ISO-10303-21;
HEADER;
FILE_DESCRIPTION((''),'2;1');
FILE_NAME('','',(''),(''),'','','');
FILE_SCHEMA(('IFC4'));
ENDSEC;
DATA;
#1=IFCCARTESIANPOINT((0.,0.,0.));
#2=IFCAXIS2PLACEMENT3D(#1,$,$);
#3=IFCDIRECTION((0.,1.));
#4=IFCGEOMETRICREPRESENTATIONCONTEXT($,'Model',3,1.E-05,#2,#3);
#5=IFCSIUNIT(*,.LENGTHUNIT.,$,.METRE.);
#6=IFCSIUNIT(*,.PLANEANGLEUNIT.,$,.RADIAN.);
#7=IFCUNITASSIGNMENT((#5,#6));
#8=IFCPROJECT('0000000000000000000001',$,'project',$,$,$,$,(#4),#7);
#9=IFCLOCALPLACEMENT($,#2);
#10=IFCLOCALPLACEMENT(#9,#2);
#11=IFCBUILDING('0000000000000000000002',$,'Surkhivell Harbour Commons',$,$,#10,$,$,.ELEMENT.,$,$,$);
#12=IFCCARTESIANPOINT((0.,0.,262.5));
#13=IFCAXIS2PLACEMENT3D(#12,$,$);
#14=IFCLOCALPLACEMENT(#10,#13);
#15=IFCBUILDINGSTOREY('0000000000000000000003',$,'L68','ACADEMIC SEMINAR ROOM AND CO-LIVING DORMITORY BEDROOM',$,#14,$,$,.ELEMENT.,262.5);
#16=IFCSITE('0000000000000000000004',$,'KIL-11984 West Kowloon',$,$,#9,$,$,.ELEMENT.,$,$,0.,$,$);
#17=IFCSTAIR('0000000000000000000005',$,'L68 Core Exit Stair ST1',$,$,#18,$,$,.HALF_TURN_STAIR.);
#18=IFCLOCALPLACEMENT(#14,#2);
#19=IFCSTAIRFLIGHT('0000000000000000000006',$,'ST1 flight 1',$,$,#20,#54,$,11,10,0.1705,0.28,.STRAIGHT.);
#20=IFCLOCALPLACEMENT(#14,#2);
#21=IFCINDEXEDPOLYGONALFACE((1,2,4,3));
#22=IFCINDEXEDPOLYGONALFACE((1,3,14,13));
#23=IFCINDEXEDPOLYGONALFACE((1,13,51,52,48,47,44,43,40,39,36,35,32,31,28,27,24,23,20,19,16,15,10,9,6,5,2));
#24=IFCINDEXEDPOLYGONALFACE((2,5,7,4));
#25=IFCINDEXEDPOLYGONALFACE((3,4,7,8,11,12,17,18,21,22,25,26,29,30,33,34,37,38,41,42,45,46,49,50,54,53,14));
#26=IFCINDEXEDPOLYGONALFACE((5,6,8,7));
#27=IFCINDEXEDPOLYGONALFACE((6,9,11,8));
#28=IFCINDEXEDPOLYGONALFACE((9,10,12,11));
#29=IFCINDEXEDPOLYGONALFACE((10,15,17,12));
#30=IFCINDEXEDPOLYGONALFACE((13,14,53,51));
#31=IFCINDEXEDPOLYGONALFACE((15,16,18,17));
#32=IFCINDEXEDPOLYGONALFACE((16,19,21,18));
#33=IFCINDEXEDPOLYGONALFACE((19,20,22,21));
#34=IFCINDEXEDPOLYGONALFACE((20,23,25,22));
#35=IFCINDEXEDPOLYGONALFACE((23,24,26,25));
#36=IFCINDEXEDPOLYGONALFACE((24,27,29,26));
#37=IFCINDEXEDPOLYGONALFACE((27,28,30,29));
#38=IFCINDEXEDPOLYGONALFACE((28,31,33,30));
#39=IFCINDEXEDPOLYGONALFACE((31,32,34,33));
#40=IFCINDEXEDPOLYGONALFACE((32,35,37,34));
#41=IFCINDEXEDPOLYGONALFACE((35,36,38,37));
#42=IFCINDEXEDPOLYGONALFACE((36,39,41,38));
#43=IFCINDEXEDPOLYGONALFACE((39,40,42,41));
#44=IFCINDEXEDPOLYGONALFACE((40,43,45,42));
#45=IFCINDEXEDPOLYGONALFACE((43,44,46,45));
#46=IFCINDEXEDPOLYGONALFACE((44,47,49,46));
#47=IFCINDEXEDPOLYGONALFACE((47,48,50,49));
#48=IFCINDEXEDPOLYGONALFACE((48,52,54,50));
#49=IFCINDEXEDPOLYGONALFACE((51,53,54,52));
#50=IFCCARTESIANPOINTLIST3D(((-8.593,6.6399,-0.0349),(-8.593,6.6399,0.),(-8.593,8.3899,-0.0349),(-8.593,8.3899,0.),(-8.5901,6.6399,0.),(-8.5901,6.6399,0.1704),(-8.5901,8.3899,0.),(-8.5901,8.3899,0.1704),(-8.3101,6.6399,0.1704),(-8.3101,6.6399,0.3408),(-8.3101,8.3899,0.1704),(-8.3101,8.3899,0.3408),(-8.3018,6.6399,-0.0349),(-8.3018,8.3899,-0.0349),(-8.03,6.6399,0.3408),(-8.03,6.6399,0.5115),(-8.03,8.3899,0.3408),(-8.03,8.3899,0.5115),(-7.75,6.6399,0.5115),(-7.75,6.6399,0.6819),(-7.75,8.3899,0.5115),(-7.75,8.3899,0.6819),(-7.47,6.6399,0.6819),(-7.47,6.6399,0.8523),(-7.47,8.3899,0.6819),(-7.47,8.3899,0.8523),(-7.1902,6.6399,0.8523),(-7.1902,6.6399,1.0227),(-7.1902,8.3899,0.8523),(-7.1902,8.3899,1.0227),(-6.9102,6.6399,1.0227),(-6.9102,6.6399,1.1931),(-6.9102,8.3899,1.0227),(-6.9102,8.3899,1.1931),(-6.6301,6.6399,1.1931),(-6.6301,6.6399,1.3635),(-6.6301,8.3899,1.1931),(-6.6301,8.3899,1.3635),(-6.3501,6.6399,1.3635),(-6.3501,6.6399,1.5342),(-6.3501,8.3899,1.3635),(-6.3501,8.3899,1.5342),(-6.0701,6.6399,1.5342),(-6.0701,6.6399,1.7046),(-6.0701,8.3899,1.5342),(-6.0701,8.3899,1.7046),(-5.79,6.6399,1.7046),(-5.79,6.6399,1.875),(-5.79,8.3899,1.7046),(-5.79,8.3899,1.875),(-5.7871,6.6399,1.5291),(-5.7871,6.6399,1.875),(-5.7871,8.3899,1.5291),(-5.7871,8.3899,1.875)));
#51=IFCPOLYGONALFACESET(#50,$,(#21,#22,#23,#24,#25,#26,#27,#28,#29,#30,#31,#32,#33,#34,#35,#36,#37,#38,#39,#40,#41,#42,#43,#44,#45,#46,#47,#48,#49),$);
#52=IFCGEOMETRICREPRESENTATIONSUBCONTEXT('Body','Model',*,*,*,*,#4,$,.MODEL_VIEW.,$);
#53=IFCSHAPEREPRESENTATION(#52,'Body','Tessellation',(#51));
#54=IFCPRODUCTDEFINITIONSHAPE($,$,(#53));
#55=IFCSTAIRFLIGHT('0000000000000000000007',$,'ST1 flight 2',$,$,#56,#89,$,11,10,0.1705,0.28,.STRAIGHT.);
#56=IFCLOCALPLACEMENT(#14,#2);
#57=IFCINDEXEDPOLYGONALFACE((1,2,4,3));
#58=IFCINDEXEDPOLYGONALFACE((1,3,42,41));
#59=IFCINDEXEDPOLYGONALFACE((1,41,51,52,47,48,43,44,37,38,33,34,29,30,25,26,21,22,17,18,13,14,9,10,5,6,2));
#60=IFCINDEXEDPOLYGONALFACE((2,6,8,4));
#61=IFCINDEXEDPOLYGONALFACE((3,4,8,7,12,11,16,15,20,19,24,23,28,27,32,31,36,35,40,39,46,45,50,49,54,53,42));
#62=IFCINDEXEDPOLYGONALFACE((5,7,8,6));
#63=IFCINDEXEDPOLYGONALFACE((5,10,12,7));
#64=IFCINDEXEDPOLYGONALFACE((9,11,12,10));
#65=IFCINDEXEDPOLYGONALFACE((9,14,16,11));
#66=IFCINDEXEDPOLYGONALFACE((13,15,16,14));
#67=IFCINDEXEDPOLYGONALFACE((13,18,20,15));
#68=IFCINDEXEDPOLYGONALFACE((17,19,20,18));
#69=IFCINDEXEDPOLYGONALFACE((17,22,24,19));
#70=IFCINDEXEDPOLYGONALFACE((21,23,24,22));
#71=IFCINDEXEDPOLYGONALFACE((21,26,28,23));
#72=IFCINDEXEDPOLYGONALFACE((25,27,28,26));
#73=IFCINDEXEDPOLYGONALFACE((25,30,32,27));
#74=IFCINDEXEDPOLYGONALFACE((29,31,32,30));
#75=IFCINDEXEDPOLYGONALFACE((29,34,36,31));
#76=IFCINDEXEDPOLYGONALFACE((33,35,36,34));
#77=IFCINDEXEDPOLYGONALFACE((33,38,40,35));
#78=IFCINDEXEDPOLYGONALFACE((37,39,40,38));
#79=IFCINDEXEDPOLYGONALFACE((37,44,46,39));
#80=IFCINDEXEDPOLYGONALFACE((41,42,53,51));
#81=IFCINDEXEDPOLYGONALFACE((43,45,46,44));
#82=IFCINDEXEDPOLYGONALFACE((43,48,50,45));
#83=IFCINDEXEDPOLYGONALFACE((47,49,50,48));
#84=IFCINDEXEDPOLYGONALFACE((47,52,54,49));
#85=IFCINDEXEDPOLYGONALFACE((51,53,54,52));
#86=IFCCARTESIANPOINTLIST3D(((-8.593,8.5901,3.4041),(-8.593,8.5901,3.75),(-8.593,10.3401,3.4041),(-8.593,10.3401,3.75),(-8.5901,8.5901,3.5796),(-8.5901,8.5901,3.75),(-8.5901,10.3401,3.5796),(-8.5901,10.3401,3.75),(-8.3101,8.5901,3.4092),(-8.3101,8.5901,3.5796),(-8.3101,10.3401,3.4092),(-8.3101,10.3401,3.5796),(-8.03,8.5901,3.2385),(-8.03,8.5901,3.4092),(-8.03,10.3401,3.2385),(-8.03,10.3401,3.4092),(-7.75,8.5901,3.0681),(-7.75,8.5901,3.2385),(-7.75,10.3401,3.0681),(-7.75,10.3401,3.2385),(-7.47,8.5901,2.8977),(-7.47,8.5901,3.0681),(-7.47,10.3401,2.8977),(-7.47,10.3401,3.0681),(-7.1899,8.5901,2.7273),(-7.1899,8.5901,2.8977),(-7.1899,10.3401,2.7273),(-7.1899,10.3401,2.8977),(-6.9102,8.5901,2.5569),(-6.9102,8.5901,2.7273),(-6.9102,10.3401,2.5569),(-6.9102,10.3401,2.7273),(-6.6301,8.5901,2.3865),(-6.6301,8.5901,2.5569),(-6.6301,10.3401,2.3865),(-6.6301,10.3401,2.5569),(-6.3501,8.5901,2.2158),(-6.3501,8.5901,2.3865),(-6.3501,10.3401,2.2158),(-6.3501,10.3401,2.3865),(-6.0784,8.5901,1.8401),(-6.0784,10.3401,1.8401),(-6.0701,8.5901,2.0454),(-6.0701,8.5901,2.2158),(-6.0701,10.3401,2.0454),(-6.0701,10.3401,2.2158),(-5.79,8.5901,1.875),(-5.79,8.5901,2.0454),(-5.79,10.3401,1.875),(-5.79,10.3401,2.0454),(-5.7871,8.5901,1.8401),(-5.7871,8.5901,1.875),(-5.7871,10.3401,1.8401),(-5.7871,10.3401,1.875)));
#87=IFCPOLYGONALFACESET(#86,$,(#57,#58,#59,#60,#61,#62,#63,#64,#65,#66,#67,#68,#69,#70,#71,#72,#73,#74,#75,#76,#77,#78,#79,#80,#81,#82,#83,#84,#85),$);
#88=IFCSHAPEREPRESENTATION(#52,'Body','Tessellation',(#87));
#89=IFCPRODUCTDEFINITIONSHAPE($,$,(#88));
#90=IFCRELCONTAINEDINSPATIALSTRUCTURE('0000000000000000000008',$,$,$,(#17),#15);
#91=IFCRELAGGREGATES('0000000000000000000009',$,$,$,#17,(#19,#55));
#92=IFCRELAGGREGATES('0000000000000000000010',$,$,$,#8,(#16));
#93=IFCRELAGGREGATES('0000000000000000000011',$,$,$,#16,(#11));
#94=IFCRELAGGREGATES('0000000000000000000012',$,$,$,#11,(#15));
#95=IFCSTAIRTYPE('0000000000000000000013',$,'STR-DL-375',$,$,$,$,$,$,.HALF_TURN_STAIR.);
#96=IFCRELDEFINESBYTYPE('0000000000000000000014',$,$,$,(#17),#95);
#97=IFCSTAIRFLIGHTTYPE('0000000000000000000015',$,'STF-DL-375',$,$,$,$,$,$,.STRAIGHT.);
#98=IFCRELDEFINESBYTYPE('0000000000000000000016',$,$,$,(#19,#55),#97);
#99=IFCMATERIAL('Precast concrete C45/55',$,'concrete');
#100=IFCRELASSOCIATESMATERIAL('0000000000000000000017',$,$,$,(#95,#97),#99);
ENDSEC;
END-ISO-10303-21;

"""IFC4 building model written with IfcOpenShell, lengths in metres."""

from ifc_helpers import new_model, si_unit, direction, frame, origin, place, context, subcontext, project, spatial, polyline, outline, extrude, material, type_object, element, aggregate, save


model = new_model("IFC4")

# Units and contexts
model_context = context("Model", 3, precision=1e-05, world=origin(), true_north=direction((0.0, 1.0)))
body_context = subcontext(model_context, "Body", "Model", "MODEL_VIEW")
ifc_project = project(units=[si_unit("LENGTHUNIT", "METRE"), si_unit("PLANEANGLEUNIT", "RADIAN")], contexts=[model_context])

# Site, building, storey
site_placement = place(None, origin())
site = spatial("IfcSite", under=ifc_project, at=site_placement, Name="KIL-11984 West Kowloon", CompositionType="ELEMENT", RefElevation=0.0)
building_placement = place(site_placement, origin())
building = spatial("IfcBuilding", under=site, at=building_placement, Name="Surkhivell Harbour Commons", CompositionType="ELEMENT")
storey_placement = place(building_placement, frame((0.0, 0.0, 262.5)))
storey = spatial("IfcBuildingStorey", under=building, at=storey_placement, Name="L68", Description="ACADEMIC SEMINAR ROOM AND CO-LIVING DORMITORY BEDROOM", CompositionType="ELEMENT", Elevation=262.5)

# Stair, stair flights
ifc_material_1 = material(Name="Precast concrete C45/55", Category="concrete")
stair_type = type_object("IfcStairType", Name="STR-DL-375", PredefinedType="HALF_TURN_STAIR", material=ifc_material_1)
stair_placement = place(storey_placement, origin())
stair = element("IfcStair", 1, at=stair_placement, inside=storey, type_object=stair_type, Name="L68 Core Exit Stair ST1", PredefinedType="HALF_TURN_STAIR")
stair_flight_type = type_object("IfcStairFlightType", Name="STF-DL-375", PredefinedType="STRAIGHT", material=ifc_material_1)
stair_flight_1_placement = place(storey_placement, frame((-8.5901, 7.5149, 0.0), z_axis=(0.0, 0.0, 1.0), x_axis=(1.0, 0.0, 0.0)))
stair_flight_1 = element("IfcStairFlight", 2, at=stair_flight_1_placement, type_object=stair_flight_type, Name="ST1 flight 1", NumberOfRisers=11, NumberOfTreads=10, PredefinedType="STRAIGHT", RiserHeight=0.1705, TreadLength=0.28, context=body_context, shape_type="SweptSolid", body=[
    extrude(outline(polyline([(-0.0029, -0.0349), (-0.0029, 0.0), (0.0, 0.0), (0.0, 0.1704), (0.28, 0.1704), (0.28, 0.3408), (0.5601, 0.3408), (0.5601, 0.5115), (0.8401, 0.5115), (0.8401, 0.6819), (1.1201, 0.6819), (1.1201, 0.8523), (1.3999, 0.8523), (1.3999, 1.0227), (1.6799, 1.0227), (1.6799, 1.1931), (1.96, 1.1931), (1.96, 1.3635), (2.24, 1.3635), (2.24, 1.5342), (2.52, 1.5342), (2.52, 1.7046), (2.8, 1.7046), (2.8, 1.875), (2.803, 1.875), (2.803, 1.5291), (0.2883, -0.0349), (-0.0029, -0.0349)])), frame((0.0, 0.875, 0.0), z_axis=(0.0, -1.0, 0.0), x_axis=(1.0, 0.0, 0.0)), (0.0, 0.0, 1.0), 1.75),
])
stair_flight_2_placement = place(storey_placement, frame((-5.79, 9.4651, 1.875), z_axis=(0.0, 0.0, 1.0), x_axis=(-1.0, 0.0, 0.0)))
stair_flight_2 = element("IfcStairFlight", 3, at=stair_flight_2_placement, type_object=stair_flight_type, Name="ST1 flight 2", NumberOfRisers=11, NumberOfTreads=10, PredefinedType="STRAIGHT", RiserHeight=0.1705, TreadLength=0.28, context=body_context, shape_type="SweptSolid", body=[
    extrude(outline(polyline([(-0.0029, -0.0349), (-0.0029, 0.0), (0.0, 0.0), (0.0, 0.1704), (0.28, 0.1704), (0.28, 0.3408), (0.5601, 0.3408), (0.5601, 0.5115), (0.8401, 0.5115), (0.8401, 0.6819), (1.1201, 0.6819), (1.1201, 0.8523), (1.3999, 0.8523), (1.3999, 1.0227), (1.6799, 1.0227), (1.6799, 1.1931), (1.96, 1.1931), (1.96, 1.3635), (2.24, 1.3635), (2.24, 1.5342), (2.52, 1.5342), (2.52, 1.7046), (2.8, 1.7046), (2.8, 1.875), (2.803, 1.875), (2.803, 1.5291), (0.2883, -0.0349), (-0.0029, -0.0349)])), frame((0.0, 0.875, 0.0), z_axis=(0.0, -1.0, 0.0), x_axis=(1.0, 0.0, 0.0)), (0.0, 0.0, 1.0), 1.75),
])
aggregate(stair, [stair_flight_1, stair_flight_2])

save(model, "model.ifc")
